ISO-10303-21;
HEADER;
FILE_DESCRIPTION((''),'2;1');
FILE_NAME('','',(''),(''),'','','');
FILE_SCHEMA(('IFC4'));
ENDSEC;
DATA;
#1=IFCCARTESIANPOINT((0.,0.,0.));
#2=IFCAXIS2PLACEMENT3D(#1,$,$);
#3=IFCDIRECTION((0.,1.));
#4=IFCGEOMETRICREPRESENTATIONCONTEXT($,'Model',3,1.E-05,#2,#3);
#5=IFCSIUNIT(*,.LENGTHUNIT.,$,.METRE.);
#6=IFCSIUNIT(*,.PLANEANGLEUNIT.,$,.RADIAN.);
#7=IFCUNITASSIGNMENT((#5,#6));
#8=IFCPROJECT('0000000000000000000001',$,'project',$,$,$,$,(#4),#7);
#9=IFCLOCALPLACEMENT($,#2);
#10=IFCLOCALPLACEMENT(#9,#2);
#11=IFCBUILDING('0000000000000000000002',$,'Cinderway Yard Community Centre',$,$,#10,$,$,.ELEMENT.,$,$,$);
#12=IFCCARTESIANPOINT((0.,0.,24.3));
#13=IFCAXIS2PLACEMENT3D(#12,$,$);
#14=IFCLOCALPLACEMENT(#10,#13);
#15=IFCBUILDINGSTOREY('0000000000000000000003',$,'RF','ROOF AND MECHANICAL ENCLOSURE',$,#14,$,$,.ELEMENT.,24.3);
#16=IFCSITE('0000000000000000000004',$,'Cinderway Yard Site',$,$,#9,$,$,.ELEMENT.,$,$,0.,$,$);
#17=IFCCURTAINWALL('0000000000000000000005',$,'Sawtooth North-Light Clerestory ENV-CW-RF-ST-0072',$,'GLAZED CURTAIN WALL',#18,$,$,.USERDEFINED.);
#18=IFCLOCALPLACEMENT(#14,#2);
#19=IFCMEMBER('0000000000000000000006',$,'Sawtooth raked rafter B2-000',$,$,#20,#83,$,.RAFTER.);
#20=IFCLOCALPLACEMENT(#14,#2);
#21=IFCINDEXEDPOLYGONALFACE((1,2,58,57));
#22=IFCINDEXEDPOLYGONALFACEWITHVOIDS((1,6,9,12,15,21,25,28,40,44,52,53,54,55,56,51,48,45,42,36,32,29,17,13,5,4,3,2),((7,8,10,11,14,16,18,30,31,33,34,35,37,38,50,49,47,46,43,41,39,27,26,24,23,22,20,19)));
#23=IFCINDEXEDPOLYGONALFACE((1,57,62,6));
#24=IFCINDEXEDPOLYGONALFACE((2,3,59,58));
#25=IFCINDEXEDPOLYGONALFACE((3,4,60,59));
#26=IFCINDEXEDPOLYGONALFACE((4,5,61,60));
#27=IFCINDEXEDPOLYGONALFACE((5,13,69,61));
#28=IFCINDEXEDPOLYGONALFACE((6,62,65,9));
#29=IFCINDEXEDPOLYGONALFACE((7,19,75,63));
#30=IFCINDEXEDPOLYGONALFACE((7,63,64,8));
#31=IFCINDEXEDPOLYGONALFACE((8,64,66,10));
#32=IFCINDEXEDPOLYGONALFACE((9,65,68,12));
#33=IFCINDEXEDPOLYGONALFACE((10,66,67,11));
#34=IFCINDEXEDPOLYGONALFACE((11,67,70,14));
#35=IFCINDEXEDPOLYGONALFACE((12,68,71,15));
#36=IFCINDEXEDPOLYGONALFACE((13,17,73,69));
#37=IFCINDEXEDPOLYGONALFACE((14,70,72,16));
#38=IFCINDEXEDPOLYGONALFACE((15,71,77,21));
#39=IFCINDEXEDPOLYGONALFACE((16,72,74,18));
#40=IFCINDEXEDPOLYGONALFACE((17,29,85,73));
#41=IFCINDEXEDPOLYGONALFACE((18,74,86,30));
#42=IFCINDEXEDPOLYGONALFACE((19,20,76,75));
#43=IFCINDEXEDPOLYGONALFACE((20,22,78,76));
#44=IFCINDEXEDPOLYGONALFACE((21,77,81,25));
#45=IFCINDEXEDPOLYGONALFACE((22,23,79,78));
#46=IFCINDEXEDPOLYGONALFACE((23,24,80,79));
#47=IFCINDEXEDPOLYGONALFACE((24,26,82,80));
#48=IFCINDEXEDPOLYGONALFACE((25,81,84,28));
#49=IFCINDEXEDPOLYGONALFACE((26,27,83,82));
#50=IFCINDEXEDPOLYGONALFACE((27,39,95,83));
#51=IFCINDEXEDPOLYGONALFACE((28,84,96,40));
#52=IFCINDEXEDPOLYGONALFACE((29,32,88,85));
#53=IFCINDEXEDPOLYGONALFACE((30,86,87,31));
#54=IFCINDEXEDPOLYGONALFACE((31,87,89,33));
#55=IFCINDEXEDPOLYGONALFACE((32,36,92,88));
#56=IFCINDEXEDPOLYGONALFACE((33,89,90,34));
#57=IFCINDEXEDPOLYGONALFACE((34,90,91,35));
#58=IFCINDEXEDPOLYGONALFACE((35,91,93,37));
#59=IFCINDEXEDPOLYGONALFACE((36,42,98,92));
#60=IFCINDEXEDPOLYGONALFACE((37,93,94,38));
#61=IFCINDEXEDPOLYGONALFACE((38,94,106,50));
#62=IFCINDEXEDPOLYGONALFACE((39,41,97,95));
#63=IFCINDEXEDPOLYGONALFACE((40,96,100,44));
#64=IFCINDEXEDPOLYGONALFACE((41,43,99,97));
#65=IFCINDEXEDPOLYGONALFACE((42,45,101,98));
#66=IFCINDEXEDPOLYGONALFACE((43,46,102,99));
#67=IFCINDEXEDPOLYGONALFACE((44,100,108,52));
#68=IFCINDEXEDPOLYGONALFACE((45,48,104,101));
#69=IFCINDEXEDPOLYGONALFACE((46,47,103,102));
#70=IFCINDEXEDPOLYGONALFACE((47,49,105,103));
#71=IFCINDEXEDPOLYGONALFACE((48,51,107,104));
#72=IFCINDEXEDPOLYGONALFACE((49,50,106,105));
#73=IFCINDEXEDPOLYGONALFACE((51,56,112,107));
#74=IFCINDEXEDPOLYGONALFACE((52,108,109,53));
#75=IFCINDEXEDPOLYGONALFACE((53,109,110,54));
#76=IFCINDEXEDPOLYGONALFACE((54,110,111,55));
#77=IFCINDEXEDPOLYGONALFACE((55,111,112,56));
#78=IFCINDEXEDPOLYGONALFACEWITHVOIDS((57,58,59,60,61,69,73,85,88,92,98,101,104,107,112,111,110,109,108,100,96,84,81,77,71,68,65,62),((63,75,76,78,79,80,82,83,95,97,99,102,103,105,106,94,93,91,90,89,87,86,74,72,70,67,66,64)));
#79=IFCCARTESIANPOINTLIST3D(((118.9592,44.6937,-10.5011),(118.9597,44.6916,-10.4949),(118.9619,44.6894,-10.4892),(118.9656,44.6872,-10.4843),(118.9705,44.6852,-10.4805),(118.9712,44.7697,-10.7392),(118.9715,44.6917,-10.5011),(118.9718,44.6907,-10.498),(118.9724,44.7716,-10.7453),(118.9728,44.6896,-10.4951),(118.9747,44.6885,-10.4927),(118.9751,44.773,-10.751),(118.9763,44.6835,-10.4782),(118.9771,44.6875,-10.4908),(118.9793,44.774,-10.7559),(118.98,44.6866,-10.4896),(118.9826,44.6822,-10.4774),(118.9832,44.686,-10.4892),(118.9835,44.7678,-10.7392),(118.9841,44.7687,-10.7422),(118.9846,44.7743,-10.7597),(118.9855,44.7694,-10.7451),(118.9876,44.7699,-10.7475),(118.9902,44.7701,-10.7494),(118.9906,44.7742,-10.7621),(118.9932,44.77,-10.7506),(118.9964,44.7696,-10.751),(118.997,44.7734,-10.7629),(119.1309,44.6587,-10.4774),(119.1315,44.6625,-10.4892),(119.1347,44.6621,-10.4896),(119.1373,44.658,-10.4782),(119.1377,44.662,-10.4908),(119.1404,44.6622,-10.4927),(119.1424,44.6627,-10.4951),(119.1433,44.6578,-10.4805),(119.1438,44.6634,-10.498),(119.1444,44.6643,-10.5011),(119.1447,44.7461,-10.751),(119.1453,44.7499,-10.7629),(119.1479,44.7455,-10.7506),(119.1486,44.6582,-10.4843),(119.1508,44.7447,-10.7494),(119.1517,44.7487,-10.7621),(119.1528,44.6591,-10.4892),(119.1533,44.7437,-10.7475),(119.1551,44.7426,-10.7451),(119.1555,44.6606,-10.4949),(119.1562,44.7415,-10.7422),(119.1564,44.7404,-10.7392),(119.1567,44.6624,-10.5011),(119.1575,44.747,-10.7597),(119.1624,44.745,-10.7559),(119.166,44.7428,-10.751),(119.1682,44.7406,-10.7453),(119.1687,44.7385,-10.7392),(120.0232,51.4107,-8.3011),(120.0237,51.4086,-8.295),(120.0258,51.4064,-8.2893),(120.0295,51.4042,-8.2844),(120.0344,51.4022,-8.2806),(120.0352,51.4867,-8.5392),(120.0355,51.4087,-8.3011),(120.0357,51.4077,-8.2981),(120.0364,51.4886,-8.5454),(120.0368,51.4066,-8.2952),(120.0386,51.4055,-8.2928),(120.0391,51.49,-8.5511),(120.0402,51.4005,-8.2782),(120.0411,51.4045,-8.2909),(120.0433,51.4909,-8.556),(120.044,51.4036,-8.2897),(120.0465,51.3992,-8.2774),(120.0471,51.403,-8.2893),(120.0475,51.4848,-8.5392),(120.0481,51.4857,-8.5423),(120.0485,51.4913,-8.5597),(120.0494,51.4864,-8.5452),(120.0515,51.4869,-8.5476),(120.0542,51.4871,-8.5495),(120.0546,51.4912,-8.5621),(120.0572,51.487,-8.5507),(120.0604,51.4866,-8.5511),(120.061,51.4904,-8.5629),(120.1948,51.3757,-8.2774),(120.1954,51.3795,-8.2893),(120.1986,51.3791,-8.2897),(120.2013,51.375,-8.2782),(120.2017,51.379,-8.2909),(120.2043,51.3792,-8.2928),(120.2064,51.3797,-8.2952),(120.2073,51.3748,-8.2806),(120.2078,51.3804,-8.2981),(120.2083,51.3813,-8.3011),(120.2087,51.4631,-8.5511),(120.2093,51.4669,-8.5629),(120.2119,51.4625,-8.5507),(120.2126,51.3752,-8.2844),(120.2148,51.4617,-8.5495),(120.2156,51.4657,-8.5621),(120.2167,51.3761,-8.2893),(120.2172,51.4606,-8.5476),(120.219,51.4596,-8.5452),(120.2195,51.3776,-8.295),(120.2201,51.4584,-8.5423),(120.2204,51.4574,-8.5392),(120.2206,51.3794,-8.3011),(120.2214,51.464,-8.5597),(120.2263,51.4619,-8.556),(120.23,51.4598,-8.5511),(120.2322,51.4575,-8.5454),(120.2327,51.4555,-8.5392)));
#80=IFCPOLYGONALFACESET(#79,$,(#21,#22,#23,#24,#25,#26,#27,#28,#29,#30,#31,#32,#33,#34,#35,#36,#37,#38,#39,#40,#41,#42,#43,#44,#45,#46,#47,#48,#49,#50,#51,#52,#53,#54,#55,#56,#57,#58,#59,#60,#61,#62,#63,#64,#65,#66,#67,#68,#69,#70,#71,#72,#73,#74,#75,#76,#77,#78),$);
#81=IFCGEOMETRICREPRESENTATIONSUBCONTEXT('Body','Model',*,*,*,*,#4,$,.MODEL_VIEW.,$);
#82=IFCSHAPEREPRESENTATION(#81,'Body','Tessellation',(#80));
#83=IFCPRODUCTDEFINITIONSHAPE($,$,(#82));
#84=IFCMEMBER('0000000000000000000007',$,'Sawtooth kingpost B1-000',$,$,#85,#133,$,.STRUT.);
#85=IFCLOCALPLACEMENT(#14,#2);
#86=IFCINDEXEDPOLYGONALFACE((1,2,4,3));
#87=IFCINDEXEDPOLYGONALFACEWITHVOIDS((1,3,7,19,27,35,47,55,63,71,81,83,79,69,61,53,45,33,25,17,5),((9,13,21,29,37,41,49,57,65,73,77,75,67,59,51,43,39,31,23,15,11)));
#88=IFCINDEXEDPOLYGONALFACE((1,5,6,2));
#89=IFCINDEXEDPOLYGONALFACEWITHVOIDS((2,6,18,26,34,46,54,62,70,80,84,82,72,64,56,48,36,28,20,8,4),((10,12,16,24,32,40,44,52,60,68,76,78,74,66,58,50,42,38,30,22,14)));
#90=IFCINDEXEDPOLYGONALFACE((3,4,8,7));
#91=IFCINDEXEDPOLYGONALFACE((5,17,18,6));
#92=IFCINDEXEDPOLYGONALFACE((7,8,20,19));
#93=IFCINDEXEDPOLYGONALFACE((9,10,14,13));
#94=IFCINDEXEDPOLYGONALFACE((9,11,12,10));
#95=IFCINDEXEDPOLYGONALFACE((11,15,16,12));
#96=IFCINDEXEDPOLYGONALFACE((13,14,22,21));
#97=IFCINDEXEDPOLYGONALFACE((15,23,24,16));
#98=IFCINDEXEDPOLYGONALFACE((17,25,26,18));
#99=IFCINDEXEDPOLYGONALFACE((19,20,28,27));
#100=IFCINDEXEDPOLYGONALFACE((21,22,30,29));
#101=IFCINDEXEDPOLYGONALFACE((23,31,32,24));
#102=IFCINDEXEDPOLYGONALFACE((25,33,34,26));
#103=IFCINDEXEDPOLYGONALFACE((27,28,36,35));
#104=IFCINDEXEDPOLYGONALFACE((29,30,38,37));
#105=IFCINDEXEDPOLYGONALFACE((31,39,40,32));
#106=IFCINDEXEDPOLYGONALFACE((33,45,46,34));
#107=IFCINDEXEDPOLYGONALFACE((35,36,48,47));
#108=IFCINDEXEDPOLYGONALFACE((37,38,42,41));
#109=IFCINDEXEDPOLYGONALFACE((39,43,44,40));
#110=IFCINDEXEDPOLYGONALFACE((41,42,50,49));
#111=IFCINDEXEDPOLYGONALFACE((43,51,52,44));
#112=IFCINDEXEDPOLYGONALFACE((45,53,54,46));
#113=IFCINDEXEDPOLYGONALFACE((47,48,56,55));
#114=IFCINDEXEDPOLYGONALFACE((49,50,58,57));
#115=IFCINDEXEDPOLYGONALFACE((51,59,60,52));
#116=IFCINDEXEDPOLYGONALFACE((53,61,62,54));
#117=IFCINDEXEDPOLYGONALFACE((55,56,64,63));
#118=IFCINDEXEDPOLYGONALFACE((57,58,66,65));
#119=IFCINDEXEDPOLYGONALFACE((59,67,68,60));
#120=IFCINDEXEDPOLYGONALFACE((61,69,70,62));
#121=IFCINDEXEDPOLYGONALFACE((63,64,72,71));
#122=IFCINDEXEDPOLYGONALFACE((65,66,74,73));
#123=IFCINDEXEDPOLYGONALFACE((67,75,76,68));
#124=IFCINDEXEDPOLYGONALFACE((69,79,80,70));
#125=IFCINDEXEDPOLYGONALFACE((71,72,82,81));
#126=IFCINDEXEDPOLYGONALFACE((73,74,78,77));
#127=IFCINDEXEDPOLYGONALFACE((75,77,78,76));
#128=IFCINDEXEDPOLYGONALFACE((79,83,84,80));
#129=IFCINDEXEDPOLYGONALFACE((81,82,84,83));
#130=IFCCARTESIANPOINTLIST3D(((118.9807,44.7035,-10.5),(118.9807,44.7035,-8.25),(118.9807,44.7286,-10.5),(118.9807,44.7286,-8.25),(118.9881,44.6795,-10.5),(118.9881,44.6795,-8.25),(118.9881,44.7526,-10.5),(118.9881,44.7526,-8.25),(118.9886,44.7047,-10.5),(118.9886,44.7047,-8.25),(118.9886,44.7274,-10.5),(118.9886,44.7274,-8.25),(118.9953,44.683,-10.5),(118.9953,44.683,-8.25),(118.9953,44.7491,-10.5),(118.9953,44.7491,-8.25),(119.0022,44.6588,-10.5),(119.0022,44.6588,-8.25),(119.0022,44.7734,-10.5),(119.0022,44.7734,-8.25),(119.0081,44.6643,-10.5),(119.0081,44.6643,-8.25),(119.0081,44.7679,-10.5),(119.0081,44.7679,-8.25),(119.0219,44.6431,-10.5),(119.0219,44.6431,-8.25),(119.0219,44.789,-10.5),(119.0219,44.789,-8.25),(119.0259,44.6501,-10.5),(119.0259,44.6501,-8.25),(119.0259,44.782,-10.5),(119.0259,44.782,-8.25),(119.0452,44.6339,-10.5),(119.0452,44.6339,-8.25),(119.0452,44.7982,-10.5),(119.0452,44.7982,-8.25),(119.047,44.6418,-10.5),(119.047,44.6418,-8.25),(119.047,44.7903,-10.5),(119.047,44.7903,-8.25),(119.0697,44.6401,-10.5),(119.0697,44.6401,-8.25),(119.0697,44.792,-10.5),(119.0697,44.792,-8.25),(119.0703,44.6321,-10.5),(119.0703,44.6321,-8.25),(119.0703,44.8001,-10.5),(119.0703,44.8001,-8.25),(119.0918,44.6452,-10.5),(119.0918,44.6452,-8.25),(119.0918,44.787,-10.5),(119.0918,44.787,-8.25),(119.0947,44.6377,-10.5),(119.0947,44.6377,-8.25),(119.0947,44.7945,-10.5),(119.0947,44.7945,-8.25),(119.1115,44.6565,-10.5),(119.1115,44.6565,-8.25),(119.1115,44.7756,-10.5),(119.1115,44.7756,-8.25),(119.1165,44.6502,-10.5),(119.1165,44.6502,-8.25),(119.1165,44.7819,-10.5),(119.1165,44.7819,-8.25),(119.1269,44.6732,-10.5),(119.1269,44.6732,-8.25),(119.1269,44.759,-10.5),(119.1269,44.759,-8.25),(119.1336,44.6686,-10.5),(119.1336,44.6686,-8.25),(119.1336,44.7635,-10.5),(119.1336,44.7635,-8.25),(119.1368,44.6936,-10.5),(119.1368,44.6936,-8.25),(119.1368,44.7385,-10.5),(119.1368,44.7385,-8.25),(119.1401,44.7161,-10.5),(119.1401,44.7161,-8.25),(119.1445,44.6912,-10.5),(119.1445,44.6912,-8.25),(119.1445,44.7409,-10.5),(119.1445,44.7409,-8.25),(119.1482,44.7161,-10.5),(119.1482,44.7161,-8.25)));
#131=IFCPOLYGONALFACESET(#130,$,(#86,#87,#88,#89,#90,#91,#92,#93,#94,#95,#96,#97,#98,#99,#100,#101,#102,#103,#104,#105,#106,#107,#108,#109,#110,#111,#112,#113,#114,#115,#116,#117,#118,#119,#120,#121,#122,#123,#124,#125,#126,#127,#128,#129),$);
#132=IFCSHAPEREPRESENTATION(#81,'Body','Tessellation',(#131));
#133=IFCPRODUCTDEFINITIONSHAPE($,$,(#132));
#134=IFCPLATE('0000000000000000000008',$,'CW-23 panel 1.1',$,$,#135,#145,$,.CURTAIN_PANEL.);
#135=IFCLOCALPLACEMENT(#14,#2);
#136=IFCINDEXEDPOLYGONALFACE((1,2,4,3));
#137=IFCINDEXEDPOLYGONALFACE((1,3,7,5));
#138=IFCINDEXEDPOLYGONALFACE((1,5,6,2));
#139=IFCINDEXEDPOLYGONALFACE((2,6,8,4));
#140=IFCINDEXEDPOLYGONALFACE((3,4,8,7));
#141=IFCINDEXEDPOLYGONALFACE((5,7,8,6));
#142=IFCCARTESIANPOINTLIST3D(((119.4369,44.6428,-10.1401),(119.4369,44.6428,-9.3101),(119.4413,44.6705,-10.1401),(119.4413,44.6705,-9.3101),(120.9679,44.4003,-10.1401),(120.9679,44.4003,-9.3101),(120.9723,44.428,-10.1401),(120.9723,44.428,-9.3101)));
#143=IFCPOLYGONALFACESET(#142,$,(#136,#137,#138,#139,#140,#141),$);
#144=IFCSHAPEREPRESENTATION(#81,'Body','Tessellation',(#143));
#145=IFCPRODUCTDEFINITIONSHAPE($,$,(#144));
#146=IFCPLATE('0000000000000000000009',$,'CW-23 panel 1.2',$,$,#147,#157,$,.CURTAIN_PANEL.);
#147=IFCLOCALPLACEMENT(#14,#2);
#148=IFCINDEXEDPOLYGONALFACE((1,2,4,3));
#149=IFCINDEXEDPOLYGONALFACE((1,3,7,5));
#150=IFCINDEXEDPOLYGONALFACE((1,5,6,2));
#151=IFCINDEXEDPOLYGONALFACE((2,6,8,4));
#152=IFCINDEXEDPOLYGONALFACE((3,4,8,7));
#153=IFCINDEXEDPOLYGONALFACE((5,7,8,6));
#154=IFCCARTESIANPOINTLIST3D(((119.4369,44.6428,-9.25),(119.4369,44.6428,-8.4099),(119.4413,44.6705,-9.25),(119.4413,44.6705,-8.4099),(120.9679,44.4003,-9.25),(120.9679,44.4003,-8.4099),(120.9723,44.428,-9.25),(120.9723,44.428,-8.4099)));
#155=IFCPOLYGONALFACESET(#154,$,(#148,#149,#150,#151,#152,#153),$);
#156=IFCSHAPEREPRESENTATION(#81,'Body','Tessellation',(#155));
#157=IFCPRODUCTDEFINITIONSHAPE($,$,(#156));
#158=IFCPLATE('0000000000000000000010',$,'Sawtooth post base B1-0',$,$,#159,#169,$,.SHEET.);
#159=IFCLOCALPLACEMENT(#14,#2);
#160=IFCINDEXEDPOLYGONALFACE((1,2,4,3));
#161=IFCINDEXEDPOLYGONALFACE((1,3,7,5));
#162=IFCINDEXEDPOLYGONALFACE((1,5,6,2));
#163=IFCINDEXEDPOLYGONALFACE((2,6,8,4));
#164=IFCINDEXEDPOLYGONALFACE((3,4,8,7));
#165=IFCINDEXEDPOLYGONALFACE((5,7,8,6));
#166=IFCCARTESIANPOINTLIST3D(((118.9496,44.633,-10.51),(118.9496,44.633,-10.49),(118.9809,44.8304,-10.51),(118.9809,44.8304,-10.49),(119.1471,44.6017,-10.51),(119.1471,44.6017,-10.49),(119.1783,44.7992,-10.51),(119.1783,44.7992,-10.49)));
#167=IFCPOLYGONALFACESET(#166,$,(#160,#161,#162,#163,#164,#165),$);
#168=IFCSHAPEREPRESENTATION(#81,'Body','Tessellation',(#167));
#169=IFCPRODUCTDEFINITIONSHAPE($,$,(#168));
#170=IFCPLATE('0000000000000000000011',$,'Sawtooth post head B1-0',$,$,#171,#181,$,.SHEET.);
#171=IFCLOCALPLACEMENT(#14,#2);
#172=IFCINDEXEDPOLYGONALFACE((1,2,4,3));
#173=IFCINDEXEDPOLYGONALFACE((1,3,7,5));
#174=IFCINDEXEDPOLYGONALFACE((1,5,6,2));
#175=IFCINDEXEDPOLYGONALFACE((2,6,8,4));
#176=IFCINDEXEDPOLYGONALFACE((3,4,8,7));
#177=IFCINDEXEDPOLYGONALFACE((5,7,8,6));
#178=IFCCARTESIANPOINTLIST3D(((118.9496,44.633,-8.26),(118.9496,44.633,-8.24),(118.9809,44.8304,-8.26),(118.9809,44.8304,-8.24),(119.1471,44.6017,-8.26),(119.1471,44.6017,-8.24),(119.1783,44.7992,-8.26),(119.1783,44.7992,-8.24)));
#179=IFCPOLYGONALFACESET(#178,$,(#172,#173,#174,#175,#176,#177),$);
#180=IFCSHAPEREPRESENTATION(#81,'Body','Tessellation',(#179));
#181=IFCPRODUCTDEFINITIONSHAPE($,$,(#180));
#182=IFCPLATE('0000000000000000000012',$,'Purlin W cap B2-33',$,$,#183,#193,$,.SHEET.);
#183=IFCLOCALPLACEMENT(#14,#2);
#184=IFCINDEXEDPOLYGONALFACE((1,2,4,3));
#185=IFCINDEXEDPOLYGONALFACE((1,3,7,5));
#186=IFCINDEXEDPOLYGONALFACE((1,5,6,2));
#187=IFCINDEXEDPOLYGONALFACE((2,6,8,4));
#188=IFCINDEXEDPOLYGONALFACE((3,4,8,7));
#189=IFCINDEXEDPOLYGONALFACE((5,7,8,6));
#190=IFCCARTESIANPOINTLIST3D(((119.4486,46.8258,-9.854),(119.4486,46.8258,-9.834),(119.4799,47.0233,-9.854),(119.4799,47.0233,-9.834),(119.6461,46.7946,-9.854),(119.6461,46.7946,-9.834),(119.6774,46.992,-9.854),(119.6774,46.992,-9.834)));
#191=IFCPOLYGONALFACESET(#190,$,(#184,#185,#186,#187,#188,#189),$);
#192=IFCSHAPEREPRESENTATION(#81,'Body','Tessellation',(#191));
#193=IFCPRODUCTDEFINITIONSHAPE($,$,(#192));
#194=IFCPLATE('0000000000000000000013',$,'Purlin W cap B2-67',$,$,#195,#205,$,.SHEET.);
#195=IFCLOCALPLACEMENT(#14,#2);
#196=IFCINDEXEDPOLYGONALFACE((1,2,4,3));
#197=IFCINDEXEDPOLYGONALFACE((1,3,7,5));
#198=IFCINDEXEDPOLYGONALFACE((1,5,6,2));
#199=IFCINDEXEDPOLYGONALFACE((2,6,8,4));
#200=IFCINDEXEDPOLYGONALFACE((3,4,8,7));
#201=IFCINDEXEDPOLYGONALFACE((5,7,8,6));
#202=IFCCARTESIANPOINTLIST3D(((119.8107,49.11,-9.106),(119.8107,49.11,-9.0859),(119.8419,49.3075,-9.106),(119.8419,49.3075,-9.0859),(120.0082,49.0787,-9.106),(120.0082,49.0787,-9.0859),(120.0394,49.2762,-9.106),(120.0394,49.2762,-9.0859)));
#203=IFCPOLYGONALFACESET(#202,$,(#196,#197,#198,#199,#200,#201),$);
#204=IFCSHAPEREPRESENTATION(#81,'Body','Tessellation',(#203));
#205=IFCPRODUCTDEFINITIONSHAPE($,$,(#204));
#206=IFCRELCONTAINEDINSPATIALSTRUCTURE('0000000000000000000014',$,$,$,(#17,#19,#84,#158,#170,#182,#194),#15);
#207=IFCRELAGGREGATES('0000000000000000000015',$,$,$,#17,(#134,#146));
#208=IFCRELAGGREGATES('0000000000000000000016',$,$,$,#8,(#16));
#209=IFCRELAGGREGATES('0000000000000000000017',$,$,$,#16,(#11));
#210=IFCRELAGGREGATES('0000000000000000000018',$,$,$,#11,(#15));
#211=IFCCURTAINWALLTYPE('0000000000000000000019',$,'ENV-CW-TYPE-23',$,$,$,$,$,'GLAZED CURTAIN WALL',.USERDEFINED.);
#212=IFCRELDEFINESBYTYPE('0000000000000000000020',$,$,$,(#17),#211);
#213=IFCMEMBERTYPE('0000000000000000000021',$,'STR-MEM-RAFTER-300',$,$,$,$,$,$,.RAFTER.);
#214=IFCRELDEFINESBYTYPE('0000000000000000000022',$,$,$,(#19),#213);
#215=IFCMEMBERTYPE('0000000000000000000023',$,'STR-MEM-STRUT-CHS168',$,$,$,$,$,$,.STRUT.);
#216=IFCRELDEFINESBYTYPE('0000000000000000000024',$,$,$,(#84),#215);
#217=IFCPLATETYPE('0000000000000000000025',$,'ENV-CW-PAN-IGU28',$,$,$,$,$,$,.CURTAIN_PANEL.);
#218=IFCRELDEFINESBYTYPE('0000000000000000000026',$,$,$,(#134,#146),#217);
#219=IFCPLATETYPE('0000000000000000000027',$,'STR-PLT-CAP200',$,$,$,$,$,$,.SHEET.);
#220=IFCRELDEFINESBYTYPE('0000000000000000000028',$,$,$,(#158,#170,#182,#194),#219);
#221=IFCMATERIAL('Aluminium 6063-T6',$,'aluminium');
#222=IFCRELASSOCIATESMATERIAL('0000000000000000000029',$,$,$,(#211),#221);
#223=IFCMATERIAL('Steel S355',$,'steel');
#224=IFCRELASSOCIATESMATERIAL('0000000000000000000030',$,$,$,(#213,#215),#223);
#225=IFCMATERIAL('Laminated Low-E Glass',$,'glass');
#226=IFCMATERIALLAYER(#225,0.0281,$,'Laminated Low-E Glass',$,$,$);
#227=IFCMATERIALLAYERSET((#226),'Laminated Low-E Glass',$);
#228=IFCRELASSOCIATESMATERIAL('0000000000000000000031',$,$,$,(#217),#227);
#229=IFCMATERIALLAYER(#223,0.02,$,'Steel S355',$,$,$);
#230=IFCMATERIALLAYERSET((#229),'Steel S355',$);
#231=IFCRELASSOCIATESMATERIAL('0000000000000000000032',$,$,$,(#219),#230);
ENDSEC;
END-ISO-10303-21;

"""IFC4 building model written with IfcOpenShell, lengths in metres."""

from ifc_helpers import new_model, si_unit, direction, frame, origin, origin_2d, place, context, subcontext, project, spatial, rectangle, hollow_rectangle, hollow_circle, extrude, material, layer, layer_set, material_profile, profile_set, type_object, element, aggregate, save


model = new_model("IFC4")

# Units and contexts
model_context = context("Model", 3, precision=1e-05, world=origin(), true_north=direction((0.0, 1.0)))
body_context = subcontext(model_context, "Body", "Model", "MODEL_VIEW")
ifc_project = project(units=[si_unit("LENGTHUNIT", "METRE"), si_unit("PLANEANGLEUNIT", "RADIAN")], contexts=[model_context])

# Site, building, storey
site_placement = place(None, origin())
site = spatial("IfcSite", under=ifc_project, at=site_placement, Name="Cinderway Yard Site", CompositionType="ELEMENT", RefElevation=0.0)
building_placement = place(site_placement, origin())
building = spatial("IfcBuilding", under=site, at=building_placement, Name="Cinderway Yard Community Centre", CompositionType="ELEMENT")
storey_placement = place(building_placement, frame((0.0, 0.0, 24.3)))
storey = spatial("IfcBuildingStorey", under=building, at=storey_placement, Name="RF", Description="ROOF AND MECHANICAL ENCLOSURE", CompositionType="ELEMENT", Elevation=24.3)

# Shared definitions
ifc_material_1 = material(Name="Steel S355", Category="steel")

# Curtain wall
ifc_material_2 = material(Name="Aluminium 6063-T6", Category="aluminium")
curtain_wall_type = type_object("IfcCurtainWallType", Name="ENV-CW-TYPE-23", ElementType="GLAZED CURTAIN WALL", PredefinedType="USERDEFINED", material=ifc_material_2)
curtain_wall_1_placement = place(storey_placement, origin())
curtain_wall_1 = element("IfcCurtainWall", 1, at=curtain_wall_1_placement, inside=storey, type_object=curtain_wall_type, Name="Sawtooth North-Light Clerestory ENV-CW-RF-ST-0072", ObjectType="GLAZED CURTAIN WALL", PredefinedType="USERDEFINED")

# Members
ifc_material_profile_1 = material_profile(ifc_material_1, hollow_rectangle(XDim=0.2, YDim=0.3, WallThickness=0.0125, InnerFilletRadius=0.0125, OuterFilletRadius=0.0249, at=origin_2d()), Name="Steel S355")
ifc_profile_set_1 = profile_set([ifc_material_profile_1], Name="Steel S355")
member_type_1 = type_object("IfcMemberType", Name="STR-MEM-RAFTER-300", PredefinedType="RAFTER", material=ifc_profile_set_1)
member_1_placement = place(storey_placement, frame((119.064, 44.7161, -10.6201), z_axis=(0.148853, 0.939741, 0.307782), x_axis=(-0.987686, 0.156447, 0.0)))
element("IfcMember", 2, at=member_1_placement, inside=storey, type_object=member_type_1, Name="Sawtooth raked rafter B2-000", PredefinedType="RAFTER", context=body_context, shape_type="SweptSolid", body=[
    extrude(hollow_rectangle(XDim=0.2, YDim=0.3, WallThickness=0.0125, InnerFilletRadius=0.0125, OuterFilletRadius=0.0249, at=origin_2d()), origin(), (0.0, 0.0, 1.0), 7.1477),
])
ifc_material_profile_2 = material_profile(ifc_material_1, hollow_circle(Radius=0.0842, WallThickness=0.0081, at=origin_2d()), Name="Steel S355")
ifc_profile_set_2 = profile_set([ifc_material_profile_2], Name="Steel S355")
member_type_2 = type_object("IfcMemberType", Name="STR-MEM-STRUT-CHS168", PredefinedType="STRUT", material=ifc_profile_set_2)
member_2_placement = place(storey_placement, frame((119.064, 44.7161, -10.5), z_axis=(0.0, 0.0, 1.0), x_axis=(1.0, 0.0, 0.0)))
element("IfcMember", 3, at=member_2_placement, inside=storey, type_object=member_type_2, Name="Sawtooth kingpost B1-000", PredefinedType="STRUT", context=body_context, shape_type="SweptSolid", body=[
    extrude(hollow_circle(Radius=0.0842, WallThickness=0.0081, at=origin_2d()), origin(), (0.0, 0.0, 1.0), 2.25),
])

# Plates
ifc_material_3 = material(Name="Laminated Low-E Glass", Category="glass")
ifc_layer_1 = layer(ifc_material_3, 0.0281, Name="Laminated Low-E Glass")
ifc_layer_set_1 = layer_set([ifc_layer_1], Name="Laminated Low-E Glass")
plate_type_1 = type_object("IfcPlateType", Name="ENV-CW-PAN-IGU28", PredefinedType="CURTAIN_PANEL", material=ifc_layer_set_1)
plate_1_placement = place(storey_placement, frame((120.2046, 44.5354, -10.1401), z_axis=(0.0, 0.0, 1.0), x_axis=(0.987692, -0.156409, 0.0)))
plate_1 = element("IfcPlate", 4, at=plate_1_placement, type_object=plate_type_1, Name="CW-23 panel 1.1", PredefinedType="CURTAIN_PANEL", context=body_context, shape_type="SweptSolid", body=[
    extrude(rectangle(XDim=1.55, YDim=0.0281, at=origin_2d()), origin(), (0.0, 0.0, 1.0), 0.8301),
])
plate_2_placement = place(storey_placement, frame((120.2046, 44.5354, -9.25), z_axis=(0.0, 0.0, 1.0), x_axis=(0.987692, -0.156409, 0.0)))
plate_2 = element("IfcPlate", 5, at=plate_2_placement, type_object=plate_type_1, Name="CW-23 panel 1.2", PredefinedType="CURTAIN_PANEL", context=body_context, shape_type="SweptSolid", body=[
    extrude(rectangle(XDim=1.55, YDim=0.0281, at=origin_2d()), origin(), (0.0, 0.0, 1.0), 0.8401),
])
aggregate(curtain_wall_1, [plate_1, plate_2])

# Plates
ifc_layer_2 = layer(ifc_material_1, 0.02, Name="Steel S355")
ifc_layer_set_2 = layer_set([ifc_layer_2], Name="Steel S355")
plate_type_2 = type_object("IfcPlateType", Name="STR-PLT-CAP200", PredefinedType="SHEET", material=ifc_layer_set_2)
for number, where, z_axis, x_axis, name in (
    (6, (119.064, 44.7161, -10.51), (0.0, 0.0, 1.0), (0.987688, -0.156434, 0.0), "Sawtooth post base B1-0"),
    (7, (119.064, 44.7161, -8.26), (0.0, 0.0, 1.0), (0.987688, -0.156434, 0.0), "Sawtooth post head B1-0"),
    (8, (119.563, 46.9089, -9.854), (0.0, 0.0, 1.0), (0.987688, -0.156434, 0.0), "Purlin W cap B2-33"),
    (9, (119.925, 49.1931, -9.106), (0.0, 0.0, 1.0), (0.987688, -0.156434, 0.0), "Purlin W cap B2-67"),
):
    element("IfcPlate", number, at=place(storey_placement, frame(where, z_axis=z_axis, x_axis=x_axis)), inside=storey, type_object=plate_type_2, Name=name, PredefinedType="SHEET", context=body_context, shape_type="SweptSolid", body=[
        extrude(rectangle(XDim=0.2, YDim=0.2, at=origin_2d()), origin(), (0.0, 0.0, 1.0), 0.02),
    ])

save(model, "model.ifc")
